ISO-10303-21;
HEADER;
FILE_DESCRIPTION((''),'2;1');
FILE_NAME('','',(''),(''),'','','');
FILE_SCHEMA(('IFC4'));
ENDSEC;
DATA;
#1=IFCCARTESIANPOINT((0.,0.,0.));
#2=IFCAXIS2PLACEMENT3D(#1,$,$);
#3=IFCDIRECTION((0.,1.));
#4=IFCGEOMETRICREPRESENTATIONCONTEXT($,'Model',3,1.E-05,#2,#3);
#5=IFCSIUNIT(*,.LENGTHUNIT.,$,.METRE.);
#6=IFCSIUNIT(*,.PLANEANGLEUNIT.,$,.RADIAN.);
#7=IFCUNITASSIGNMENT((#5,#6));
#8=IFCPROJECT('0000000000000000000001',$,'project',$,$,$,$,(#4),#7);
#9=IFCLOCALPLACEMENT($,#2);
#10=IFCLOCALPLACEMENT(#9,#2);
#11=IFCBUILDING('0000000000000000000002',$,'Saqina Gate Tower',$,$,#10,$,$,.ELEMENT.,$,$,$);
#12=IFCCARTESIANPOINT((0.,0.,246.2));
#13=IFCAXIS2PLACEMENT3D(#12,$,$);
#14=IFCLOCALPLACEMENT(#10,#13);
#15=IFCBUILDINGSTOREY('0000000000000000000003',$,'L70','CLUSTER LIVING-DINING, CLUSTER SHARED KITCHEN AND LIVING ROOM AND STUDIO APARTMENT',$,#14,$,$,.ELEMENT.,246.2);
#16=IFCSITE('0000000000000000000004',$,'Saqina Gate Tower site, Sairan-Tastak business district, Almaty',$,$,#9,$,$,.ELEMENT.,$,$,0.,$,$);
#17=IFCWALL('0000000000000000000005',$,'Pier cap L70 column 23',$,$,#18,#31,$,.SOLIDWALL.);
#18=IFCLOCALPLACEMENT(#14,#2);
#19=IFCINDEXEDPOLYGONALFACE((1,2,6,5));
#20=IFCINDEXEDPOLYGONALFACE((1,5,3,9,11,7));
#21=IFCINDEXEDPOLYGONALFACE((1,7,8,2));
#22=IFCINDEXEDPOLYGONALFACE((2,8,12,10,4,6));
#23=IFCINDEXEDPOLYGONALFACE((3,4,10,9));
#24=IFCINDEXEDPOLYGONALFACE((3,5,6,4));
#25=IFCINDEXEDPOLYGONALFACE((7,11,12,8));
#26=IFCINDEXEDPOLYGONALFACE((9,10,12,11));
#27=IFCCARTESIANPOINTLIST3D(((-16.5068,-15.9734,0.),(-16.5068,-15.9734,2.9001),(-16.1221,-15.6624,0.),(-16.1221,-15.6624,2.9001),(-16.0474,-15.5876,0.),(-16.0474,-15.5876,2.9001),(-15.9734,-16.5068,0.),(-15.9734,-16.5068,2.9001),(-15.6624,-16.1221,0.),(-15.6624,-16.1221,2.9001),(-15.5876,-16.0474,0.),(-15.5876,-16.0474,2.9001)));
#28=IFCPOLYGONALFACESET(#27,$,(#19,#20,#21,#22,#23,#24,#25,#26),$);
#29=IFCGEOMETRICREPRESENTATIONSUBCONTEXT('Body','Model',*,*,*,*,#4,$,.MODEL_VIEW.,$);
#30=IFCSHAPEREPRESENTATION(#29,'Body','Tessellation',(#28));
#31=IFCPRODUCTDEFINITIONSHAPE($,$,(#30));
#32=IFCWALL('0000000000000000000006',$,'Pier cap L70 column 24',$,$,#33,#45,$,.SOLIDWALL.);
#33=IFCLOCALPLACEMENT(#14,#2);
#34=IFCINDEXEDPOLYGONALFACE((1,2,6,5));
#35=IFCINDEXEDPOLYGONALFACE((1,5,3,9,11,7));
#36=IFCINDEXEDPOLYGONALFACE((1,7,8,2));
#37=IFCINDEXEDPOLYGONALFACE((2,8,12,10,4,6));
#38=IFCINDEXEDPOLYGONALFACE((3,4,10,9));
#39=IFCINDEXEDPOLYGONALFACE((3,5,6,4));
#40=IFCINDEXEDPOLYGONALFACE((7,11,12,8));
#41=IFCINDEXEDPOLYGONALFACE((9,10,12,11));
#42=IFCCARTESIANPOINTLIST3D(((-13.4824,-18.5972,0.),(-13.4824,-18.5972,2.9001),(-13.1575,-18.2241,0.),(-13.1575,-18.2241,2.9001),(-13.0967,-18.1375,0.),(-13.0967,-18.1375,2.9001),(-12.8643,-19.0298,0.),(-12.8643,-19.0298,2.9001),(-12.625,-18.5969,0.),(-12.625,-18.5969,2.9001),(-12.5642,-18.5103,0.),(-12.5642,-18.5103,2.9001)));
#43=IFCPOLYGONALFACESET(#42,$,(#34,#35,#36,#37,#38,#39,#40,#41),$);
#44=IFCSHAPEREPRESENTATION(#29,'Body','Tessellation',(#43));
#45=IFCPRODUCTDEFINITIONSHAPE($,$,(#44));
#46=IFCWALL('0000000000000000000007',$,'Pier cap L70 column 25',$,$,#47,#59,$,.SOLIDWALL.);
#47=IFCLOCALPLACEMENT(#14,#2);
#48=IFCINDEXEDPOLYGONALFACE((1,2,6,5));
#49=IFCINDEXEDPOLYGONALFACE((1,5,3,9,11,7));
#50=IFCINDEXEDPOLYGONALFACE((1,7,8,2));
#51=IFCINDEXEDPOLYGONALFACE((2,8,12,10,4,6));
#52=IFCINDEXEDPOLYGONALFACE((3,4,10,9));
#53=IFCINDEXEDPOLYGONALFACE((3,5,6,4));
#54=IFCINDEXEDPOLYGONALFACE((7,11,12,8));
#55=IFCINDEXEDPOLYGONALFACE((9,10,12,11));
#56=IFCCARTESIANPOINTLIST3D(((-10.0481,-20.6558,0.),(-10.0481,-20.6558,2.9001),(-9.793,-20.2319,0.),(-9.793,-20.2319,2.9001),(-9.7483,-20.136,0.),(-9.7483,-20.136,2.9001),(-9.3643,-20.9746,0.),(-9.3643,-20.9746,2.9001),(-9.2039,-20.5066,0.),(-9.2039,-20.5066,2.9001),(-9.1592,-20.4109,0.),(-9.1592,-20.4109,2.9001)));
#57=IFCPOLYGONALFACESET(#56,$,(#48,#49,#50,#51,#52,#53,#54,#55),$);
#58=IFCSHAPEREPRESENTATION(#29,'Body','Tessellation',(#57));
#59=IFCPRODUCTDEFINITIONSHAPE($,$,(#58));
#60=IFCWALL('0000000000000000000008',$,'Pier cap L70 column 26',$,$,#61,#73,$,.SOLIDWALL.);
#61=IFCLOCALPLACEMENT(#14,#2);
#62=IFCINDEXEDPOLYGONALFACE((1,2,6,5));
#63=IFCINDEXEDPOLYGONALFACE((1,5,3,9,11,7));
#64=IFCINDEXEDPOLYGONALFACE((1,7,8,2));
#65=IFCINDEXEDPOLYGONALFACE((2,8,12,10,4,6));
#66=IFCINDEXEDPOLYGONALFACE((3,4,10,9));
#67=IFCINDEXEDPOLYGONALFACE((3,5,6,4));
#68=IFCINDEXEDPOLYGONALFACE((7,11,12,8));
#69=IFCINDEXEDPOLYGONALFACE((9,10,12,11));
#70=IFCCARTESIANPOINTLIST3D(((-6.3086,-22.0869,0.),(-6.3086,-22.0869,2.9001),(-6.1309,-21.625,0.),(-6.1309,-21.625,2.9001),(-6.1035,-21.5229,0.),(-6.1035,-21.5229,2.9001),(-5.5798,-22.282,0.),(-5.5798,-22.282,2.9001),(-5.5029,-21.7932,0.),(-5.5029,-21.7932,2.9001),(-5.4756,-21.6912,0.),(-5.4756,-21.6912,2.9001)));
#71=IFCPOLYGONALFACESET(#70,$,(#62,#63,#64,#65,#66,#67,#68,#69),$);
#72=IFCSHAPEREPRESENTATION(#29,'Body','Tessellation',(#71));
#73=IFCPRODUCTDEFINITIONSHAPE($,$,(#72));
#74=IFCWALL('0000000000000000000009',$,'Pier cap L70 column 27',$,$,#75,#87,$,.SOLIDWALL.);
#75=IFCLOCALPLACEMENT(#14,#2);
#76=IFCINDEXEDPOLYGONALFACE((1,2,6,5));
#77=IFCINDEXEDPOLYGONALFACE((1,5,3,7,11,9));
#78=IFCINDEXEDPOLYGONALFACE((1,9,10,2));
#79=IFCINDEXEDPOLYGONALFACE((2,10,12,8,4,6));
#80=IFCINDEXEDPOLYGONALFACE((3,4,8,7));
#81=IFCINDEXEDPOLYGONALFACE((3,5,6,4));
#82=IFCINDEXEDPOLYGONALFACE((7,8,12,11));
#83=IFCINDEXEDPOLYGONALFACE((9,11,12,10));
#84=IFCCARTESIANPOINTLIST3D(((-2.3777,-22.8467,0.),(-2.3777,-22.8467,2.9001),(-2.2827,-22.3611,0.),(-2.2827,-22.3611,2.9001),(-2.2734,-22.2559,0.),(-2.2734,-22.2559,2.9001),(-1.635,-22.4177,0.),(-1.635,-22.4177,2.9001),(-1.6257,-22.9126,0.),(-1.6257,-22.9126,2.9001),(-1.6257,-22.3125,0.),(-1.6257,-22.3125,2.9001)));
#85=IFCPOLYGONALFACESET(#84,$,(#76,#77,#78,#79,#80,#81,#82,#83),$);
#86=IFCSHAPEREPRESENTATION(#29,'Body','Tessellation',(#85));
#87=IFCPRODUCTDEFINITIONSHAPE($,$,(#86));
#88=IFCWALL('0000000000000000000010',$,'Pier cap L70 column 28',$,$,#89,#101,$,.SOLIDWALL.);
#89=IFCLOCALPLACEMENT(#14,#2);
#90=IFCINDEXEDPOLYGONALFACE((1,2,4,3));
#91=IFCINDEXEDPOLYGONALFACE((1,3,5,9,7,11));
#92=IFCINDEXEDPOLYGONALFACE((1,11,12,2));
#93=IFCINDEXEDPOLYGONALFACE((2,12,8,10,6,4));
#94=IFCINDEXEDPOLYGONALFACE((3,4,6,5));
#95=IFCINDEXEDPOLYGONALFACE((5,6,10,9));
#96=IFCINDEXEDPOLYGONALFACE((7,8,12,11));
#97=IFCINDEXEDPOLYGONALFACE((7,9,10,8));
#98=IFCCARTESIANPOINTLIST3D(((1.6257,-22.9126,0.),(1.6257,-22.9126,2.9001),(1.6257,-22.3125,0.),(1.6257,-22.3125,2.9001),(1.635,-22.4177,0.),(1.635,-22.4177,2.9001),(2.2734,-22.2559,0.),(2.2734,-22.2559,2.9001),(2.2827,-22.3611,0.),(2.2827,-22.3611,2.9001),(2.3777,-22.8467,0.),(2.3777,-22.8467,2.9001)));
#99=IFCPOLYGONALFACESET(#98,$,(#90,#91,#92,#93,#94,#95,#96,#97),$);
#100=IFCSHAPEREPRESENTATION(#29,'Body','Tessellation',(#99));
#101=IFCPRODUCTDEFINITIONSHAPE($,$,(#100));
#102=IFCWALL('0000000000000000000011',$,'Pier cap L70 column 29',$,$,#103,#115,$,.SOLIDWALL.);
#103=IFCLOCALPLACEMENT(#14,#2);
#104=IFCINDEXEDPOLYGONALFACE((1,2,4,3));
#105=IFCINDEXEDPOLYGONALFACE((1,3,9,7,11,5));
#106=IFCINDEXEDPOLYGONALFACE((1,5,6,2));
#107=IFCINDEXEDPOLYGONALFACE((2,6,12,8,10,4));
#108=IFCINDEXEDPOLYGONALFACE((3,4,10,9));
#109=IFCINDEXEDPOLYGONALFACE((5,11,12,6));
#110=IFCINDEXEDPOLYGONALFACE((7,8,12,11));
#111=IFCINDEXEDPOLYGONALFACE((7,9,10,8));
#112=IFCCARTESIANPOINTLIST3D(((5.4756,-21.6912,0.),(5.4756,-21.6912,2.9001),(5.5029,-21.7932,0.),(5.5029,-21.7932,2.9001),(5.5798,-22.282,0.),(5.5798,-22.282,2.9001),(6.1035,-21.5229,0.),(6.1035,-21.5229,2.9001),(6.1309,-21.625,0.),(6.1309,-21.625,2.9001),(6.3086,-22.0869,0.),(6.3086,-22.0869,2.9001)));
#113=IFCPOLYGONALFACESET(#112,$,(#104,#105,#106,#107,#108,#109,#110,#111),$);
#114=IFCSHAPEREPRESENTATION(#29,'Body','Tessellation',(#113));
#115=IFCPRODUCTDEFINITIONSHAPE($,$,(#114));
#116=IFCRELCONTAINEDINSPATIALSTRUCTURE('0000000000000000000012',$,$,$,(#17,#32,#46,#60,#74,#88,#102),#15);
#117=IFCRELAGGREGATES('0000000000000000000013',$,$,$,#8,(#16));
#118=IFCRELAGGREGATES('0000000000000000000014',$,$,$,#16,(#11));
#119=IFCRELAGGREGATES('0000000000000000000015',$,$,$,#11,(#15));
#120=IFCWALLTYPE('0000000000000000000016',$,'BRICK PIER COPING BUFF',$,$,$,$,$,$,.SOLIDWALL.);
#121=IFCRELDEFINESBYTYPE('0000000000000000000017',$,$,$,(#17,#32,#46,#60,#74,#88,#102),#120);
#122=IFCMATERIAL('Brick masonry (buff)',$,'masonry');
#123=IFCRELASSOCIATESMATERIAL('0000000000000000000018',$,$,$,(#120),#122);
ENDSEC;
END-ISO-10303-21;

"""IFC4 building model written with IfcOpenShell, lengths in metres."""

from ifc_helpers import new_model, si_unit, direction, frame, origin, place, context, subcontext, project, spatial, polyline, outline, extrude, material, type_object, element, save


model = new_model("IFC4")

# Units and contexts
model_context = context("Model", 3, precision=1e-05, world=origin(), true_north=direction((0.0, 1.0)))
body_context = subcontext(model_context, "Body", "Model", "MODEL_VIEW")
ifc_project = project(units=[si_unit("LENGTHUNIT", "METRE"), si_unit("PLANEANGLEUNIT", "RADIAN")], contexts=[model_context])

# Site, building, storey
site_placement = place(None, origin())
site = spatial("IfcSite", under=ifc_project, at=site_placement, Name="Saqina Gate Tower site, Sairan-Tastak business district, Almaty", CompositionType="ELEMENT", RefElevation=0.0)
building_placement = place(site_placement, origin())
building = spatial("IfcBuilding", under=site, at=building_placement, Name="Saqina Gate Tower", CompositionType="ELEMENT")
storey_placement = place(building_placement, frame((0.0, 0.0, 246.2)))
storey = spatial("IfcBuildingStorey", under=building, at=storey_placement, Name="L70", Description="CLUSTER LIVING-DINING, CLUSTER SHARED KITCHEN AND LIVING ROOM AND STUDIO APARTMENT", CompositionType="ELEMENT", Elevation=246.2)

# Walls
ifc_material = material(Name="Brick masonry (buff)", Category="masonry")
wall_type = type_object("IfcWallType", Name="BRICK PIER COPING BUFF", PredefinedType="SOLIDWALL", material=ifc_material)
wall_1_placement = place(storey_placement, origin())
element("IfcWall", 1, at=wall_1_placement, inside=storey, type_object=wall_type, Name="Pier cap L70 column 23", PredefinedType="SOLIDWALL", context=body_context, shape_type="SweptSolid", body=[
    extrude(outline(polyline([(-15.9734, -16.5068), (-15.5876, -16.0474), (-15.6624, -16.1221), (-16.1221, -15.6624), (-16.0474, -15.5876), (-16.5068, -15.9734), (-15.9734, -16.5068)])), origin(), (0.0, 0.0, 1.0), 2.9001),
])
wall_2_placement = place(storey_placement, origin())
element("IfcWall", 2, at=wall_2_placement, inside=storey, type_object=wall_type, Name="Pier cap L70 column 24", PredefinedType="SOLIDWALL", context=body_context, shape_type="SweptSolid", body=[
    extrude(outline(polyline([(-12.8643, -19.0298), (-12.5642, -18.5103), (-12.625, -18.5969), (-13.1575, -18.2241), (-13.0967, -18.1375), (-13.4824, -18.5972), (-12.8643, -19.0298)])), origin(), (0.0, 0.0, 1.0), 2.9001),
])
wall_3_placement = place(storey_placement, origin())
element("IfcWall", 3, at=wall_3_placement, inside=storey, type_object=wall_type, Name="Pier cap L70 column 25", PredefinedType="SOLIDWALL", context=body_context, shape_type="SweptSolid", body=[
    extrude(outline(polyline([(-10.0481, -20.6558), (-9.3643, -20.9746), (-9.1592, -20.4109), (-9.2039, -20.5066), (-9.793, -20.2319), (-9.7483, -20.136), (-10.0481, -20.6558)])), origin(), (0.0, 0.0, 1.0), 2.9001),
])
wall_4_placement = place(storey_placement, origin())
element("IfcWall", 4, at=wall_4_placement, inside=storey, type_object=wall_type, Name="Pier cap L70 column 26", PredefinedType="SOLIDWALL", context=body_context, shape_type="SweptSolid", body=[
    extrude(outline(polyline([(-5.5798, -22.282), (-5.4756, -21.6912), (-5.5029, -21.7932), (-6.1309, -21.625), (-6.1035, -21.5229), (-6.3086, -22.0869), (-5.5798, -22.282)])), origin(), (0.0, 0.0, 1.0), 2.9001),
])
wall_5_placement = place(storey_placement, origin())
element("IfcWall", 5, at=wall_5_placement, inside=storey, type_object=wall_type, Name="Pier cap L70 column 27", PredefinedType="SOLIDWALL", context=body_context, shape_type="SweptSolid", body=[
    extrude(outline(polyline([(-2.3777, -22.8467), (-1.6257, -22.9126), (-1.6257, -22.3125), (-1.635, -22.4177), (-2.2827, -22.3611), (-2.2734, -22.2559), (-2.3777, -22.8467)])), origin(), (0.0, 0.0, 1.0), 2.9001),
])
wall_6_placement = place(storey_placement, origin())
element("IfcWall", 6, at=wall_6_placement, inside=storey, type_object=wall_type, Name="Pier cap L70 column 28", PredefinedType="SOLIDWALL", context=body_context, shape_type="SweptSolid", body=[
    extrude(outline(polyline([(1.6257, -22.9126), (2.3777, -22.8467), (2.2734, -22.2559), (2.2827, -22.3611), (1.635, -22.4177), (1.6257, -22.3125), (1.6257, -22.9126)])), origin(), (0.0, 0.0, 1.0), 2.9001),
])
wall_7_placement = place(storey_placement, origin())
element("IfcWall", 7, at=wall_7_placement, inside=storey, type_object=wall_type, Name="Pier cap L70 column 29", PredefinedType="SOLIDWALL", context=body_context, shape_type="SweptSolid", body=[
    extrude(outline(polyline([(6.3086, -22.0869), (6.1035, -21.5229), (6.1309, -21.625), (5.5029, -21.7932), (5.4756, -21.6912), (5.5798, -22.282), (6.3086, -22.0869)])), origin(), (0.0, 0.0, 1.0), 2.9001),
])

save(model, "model.ifc")
